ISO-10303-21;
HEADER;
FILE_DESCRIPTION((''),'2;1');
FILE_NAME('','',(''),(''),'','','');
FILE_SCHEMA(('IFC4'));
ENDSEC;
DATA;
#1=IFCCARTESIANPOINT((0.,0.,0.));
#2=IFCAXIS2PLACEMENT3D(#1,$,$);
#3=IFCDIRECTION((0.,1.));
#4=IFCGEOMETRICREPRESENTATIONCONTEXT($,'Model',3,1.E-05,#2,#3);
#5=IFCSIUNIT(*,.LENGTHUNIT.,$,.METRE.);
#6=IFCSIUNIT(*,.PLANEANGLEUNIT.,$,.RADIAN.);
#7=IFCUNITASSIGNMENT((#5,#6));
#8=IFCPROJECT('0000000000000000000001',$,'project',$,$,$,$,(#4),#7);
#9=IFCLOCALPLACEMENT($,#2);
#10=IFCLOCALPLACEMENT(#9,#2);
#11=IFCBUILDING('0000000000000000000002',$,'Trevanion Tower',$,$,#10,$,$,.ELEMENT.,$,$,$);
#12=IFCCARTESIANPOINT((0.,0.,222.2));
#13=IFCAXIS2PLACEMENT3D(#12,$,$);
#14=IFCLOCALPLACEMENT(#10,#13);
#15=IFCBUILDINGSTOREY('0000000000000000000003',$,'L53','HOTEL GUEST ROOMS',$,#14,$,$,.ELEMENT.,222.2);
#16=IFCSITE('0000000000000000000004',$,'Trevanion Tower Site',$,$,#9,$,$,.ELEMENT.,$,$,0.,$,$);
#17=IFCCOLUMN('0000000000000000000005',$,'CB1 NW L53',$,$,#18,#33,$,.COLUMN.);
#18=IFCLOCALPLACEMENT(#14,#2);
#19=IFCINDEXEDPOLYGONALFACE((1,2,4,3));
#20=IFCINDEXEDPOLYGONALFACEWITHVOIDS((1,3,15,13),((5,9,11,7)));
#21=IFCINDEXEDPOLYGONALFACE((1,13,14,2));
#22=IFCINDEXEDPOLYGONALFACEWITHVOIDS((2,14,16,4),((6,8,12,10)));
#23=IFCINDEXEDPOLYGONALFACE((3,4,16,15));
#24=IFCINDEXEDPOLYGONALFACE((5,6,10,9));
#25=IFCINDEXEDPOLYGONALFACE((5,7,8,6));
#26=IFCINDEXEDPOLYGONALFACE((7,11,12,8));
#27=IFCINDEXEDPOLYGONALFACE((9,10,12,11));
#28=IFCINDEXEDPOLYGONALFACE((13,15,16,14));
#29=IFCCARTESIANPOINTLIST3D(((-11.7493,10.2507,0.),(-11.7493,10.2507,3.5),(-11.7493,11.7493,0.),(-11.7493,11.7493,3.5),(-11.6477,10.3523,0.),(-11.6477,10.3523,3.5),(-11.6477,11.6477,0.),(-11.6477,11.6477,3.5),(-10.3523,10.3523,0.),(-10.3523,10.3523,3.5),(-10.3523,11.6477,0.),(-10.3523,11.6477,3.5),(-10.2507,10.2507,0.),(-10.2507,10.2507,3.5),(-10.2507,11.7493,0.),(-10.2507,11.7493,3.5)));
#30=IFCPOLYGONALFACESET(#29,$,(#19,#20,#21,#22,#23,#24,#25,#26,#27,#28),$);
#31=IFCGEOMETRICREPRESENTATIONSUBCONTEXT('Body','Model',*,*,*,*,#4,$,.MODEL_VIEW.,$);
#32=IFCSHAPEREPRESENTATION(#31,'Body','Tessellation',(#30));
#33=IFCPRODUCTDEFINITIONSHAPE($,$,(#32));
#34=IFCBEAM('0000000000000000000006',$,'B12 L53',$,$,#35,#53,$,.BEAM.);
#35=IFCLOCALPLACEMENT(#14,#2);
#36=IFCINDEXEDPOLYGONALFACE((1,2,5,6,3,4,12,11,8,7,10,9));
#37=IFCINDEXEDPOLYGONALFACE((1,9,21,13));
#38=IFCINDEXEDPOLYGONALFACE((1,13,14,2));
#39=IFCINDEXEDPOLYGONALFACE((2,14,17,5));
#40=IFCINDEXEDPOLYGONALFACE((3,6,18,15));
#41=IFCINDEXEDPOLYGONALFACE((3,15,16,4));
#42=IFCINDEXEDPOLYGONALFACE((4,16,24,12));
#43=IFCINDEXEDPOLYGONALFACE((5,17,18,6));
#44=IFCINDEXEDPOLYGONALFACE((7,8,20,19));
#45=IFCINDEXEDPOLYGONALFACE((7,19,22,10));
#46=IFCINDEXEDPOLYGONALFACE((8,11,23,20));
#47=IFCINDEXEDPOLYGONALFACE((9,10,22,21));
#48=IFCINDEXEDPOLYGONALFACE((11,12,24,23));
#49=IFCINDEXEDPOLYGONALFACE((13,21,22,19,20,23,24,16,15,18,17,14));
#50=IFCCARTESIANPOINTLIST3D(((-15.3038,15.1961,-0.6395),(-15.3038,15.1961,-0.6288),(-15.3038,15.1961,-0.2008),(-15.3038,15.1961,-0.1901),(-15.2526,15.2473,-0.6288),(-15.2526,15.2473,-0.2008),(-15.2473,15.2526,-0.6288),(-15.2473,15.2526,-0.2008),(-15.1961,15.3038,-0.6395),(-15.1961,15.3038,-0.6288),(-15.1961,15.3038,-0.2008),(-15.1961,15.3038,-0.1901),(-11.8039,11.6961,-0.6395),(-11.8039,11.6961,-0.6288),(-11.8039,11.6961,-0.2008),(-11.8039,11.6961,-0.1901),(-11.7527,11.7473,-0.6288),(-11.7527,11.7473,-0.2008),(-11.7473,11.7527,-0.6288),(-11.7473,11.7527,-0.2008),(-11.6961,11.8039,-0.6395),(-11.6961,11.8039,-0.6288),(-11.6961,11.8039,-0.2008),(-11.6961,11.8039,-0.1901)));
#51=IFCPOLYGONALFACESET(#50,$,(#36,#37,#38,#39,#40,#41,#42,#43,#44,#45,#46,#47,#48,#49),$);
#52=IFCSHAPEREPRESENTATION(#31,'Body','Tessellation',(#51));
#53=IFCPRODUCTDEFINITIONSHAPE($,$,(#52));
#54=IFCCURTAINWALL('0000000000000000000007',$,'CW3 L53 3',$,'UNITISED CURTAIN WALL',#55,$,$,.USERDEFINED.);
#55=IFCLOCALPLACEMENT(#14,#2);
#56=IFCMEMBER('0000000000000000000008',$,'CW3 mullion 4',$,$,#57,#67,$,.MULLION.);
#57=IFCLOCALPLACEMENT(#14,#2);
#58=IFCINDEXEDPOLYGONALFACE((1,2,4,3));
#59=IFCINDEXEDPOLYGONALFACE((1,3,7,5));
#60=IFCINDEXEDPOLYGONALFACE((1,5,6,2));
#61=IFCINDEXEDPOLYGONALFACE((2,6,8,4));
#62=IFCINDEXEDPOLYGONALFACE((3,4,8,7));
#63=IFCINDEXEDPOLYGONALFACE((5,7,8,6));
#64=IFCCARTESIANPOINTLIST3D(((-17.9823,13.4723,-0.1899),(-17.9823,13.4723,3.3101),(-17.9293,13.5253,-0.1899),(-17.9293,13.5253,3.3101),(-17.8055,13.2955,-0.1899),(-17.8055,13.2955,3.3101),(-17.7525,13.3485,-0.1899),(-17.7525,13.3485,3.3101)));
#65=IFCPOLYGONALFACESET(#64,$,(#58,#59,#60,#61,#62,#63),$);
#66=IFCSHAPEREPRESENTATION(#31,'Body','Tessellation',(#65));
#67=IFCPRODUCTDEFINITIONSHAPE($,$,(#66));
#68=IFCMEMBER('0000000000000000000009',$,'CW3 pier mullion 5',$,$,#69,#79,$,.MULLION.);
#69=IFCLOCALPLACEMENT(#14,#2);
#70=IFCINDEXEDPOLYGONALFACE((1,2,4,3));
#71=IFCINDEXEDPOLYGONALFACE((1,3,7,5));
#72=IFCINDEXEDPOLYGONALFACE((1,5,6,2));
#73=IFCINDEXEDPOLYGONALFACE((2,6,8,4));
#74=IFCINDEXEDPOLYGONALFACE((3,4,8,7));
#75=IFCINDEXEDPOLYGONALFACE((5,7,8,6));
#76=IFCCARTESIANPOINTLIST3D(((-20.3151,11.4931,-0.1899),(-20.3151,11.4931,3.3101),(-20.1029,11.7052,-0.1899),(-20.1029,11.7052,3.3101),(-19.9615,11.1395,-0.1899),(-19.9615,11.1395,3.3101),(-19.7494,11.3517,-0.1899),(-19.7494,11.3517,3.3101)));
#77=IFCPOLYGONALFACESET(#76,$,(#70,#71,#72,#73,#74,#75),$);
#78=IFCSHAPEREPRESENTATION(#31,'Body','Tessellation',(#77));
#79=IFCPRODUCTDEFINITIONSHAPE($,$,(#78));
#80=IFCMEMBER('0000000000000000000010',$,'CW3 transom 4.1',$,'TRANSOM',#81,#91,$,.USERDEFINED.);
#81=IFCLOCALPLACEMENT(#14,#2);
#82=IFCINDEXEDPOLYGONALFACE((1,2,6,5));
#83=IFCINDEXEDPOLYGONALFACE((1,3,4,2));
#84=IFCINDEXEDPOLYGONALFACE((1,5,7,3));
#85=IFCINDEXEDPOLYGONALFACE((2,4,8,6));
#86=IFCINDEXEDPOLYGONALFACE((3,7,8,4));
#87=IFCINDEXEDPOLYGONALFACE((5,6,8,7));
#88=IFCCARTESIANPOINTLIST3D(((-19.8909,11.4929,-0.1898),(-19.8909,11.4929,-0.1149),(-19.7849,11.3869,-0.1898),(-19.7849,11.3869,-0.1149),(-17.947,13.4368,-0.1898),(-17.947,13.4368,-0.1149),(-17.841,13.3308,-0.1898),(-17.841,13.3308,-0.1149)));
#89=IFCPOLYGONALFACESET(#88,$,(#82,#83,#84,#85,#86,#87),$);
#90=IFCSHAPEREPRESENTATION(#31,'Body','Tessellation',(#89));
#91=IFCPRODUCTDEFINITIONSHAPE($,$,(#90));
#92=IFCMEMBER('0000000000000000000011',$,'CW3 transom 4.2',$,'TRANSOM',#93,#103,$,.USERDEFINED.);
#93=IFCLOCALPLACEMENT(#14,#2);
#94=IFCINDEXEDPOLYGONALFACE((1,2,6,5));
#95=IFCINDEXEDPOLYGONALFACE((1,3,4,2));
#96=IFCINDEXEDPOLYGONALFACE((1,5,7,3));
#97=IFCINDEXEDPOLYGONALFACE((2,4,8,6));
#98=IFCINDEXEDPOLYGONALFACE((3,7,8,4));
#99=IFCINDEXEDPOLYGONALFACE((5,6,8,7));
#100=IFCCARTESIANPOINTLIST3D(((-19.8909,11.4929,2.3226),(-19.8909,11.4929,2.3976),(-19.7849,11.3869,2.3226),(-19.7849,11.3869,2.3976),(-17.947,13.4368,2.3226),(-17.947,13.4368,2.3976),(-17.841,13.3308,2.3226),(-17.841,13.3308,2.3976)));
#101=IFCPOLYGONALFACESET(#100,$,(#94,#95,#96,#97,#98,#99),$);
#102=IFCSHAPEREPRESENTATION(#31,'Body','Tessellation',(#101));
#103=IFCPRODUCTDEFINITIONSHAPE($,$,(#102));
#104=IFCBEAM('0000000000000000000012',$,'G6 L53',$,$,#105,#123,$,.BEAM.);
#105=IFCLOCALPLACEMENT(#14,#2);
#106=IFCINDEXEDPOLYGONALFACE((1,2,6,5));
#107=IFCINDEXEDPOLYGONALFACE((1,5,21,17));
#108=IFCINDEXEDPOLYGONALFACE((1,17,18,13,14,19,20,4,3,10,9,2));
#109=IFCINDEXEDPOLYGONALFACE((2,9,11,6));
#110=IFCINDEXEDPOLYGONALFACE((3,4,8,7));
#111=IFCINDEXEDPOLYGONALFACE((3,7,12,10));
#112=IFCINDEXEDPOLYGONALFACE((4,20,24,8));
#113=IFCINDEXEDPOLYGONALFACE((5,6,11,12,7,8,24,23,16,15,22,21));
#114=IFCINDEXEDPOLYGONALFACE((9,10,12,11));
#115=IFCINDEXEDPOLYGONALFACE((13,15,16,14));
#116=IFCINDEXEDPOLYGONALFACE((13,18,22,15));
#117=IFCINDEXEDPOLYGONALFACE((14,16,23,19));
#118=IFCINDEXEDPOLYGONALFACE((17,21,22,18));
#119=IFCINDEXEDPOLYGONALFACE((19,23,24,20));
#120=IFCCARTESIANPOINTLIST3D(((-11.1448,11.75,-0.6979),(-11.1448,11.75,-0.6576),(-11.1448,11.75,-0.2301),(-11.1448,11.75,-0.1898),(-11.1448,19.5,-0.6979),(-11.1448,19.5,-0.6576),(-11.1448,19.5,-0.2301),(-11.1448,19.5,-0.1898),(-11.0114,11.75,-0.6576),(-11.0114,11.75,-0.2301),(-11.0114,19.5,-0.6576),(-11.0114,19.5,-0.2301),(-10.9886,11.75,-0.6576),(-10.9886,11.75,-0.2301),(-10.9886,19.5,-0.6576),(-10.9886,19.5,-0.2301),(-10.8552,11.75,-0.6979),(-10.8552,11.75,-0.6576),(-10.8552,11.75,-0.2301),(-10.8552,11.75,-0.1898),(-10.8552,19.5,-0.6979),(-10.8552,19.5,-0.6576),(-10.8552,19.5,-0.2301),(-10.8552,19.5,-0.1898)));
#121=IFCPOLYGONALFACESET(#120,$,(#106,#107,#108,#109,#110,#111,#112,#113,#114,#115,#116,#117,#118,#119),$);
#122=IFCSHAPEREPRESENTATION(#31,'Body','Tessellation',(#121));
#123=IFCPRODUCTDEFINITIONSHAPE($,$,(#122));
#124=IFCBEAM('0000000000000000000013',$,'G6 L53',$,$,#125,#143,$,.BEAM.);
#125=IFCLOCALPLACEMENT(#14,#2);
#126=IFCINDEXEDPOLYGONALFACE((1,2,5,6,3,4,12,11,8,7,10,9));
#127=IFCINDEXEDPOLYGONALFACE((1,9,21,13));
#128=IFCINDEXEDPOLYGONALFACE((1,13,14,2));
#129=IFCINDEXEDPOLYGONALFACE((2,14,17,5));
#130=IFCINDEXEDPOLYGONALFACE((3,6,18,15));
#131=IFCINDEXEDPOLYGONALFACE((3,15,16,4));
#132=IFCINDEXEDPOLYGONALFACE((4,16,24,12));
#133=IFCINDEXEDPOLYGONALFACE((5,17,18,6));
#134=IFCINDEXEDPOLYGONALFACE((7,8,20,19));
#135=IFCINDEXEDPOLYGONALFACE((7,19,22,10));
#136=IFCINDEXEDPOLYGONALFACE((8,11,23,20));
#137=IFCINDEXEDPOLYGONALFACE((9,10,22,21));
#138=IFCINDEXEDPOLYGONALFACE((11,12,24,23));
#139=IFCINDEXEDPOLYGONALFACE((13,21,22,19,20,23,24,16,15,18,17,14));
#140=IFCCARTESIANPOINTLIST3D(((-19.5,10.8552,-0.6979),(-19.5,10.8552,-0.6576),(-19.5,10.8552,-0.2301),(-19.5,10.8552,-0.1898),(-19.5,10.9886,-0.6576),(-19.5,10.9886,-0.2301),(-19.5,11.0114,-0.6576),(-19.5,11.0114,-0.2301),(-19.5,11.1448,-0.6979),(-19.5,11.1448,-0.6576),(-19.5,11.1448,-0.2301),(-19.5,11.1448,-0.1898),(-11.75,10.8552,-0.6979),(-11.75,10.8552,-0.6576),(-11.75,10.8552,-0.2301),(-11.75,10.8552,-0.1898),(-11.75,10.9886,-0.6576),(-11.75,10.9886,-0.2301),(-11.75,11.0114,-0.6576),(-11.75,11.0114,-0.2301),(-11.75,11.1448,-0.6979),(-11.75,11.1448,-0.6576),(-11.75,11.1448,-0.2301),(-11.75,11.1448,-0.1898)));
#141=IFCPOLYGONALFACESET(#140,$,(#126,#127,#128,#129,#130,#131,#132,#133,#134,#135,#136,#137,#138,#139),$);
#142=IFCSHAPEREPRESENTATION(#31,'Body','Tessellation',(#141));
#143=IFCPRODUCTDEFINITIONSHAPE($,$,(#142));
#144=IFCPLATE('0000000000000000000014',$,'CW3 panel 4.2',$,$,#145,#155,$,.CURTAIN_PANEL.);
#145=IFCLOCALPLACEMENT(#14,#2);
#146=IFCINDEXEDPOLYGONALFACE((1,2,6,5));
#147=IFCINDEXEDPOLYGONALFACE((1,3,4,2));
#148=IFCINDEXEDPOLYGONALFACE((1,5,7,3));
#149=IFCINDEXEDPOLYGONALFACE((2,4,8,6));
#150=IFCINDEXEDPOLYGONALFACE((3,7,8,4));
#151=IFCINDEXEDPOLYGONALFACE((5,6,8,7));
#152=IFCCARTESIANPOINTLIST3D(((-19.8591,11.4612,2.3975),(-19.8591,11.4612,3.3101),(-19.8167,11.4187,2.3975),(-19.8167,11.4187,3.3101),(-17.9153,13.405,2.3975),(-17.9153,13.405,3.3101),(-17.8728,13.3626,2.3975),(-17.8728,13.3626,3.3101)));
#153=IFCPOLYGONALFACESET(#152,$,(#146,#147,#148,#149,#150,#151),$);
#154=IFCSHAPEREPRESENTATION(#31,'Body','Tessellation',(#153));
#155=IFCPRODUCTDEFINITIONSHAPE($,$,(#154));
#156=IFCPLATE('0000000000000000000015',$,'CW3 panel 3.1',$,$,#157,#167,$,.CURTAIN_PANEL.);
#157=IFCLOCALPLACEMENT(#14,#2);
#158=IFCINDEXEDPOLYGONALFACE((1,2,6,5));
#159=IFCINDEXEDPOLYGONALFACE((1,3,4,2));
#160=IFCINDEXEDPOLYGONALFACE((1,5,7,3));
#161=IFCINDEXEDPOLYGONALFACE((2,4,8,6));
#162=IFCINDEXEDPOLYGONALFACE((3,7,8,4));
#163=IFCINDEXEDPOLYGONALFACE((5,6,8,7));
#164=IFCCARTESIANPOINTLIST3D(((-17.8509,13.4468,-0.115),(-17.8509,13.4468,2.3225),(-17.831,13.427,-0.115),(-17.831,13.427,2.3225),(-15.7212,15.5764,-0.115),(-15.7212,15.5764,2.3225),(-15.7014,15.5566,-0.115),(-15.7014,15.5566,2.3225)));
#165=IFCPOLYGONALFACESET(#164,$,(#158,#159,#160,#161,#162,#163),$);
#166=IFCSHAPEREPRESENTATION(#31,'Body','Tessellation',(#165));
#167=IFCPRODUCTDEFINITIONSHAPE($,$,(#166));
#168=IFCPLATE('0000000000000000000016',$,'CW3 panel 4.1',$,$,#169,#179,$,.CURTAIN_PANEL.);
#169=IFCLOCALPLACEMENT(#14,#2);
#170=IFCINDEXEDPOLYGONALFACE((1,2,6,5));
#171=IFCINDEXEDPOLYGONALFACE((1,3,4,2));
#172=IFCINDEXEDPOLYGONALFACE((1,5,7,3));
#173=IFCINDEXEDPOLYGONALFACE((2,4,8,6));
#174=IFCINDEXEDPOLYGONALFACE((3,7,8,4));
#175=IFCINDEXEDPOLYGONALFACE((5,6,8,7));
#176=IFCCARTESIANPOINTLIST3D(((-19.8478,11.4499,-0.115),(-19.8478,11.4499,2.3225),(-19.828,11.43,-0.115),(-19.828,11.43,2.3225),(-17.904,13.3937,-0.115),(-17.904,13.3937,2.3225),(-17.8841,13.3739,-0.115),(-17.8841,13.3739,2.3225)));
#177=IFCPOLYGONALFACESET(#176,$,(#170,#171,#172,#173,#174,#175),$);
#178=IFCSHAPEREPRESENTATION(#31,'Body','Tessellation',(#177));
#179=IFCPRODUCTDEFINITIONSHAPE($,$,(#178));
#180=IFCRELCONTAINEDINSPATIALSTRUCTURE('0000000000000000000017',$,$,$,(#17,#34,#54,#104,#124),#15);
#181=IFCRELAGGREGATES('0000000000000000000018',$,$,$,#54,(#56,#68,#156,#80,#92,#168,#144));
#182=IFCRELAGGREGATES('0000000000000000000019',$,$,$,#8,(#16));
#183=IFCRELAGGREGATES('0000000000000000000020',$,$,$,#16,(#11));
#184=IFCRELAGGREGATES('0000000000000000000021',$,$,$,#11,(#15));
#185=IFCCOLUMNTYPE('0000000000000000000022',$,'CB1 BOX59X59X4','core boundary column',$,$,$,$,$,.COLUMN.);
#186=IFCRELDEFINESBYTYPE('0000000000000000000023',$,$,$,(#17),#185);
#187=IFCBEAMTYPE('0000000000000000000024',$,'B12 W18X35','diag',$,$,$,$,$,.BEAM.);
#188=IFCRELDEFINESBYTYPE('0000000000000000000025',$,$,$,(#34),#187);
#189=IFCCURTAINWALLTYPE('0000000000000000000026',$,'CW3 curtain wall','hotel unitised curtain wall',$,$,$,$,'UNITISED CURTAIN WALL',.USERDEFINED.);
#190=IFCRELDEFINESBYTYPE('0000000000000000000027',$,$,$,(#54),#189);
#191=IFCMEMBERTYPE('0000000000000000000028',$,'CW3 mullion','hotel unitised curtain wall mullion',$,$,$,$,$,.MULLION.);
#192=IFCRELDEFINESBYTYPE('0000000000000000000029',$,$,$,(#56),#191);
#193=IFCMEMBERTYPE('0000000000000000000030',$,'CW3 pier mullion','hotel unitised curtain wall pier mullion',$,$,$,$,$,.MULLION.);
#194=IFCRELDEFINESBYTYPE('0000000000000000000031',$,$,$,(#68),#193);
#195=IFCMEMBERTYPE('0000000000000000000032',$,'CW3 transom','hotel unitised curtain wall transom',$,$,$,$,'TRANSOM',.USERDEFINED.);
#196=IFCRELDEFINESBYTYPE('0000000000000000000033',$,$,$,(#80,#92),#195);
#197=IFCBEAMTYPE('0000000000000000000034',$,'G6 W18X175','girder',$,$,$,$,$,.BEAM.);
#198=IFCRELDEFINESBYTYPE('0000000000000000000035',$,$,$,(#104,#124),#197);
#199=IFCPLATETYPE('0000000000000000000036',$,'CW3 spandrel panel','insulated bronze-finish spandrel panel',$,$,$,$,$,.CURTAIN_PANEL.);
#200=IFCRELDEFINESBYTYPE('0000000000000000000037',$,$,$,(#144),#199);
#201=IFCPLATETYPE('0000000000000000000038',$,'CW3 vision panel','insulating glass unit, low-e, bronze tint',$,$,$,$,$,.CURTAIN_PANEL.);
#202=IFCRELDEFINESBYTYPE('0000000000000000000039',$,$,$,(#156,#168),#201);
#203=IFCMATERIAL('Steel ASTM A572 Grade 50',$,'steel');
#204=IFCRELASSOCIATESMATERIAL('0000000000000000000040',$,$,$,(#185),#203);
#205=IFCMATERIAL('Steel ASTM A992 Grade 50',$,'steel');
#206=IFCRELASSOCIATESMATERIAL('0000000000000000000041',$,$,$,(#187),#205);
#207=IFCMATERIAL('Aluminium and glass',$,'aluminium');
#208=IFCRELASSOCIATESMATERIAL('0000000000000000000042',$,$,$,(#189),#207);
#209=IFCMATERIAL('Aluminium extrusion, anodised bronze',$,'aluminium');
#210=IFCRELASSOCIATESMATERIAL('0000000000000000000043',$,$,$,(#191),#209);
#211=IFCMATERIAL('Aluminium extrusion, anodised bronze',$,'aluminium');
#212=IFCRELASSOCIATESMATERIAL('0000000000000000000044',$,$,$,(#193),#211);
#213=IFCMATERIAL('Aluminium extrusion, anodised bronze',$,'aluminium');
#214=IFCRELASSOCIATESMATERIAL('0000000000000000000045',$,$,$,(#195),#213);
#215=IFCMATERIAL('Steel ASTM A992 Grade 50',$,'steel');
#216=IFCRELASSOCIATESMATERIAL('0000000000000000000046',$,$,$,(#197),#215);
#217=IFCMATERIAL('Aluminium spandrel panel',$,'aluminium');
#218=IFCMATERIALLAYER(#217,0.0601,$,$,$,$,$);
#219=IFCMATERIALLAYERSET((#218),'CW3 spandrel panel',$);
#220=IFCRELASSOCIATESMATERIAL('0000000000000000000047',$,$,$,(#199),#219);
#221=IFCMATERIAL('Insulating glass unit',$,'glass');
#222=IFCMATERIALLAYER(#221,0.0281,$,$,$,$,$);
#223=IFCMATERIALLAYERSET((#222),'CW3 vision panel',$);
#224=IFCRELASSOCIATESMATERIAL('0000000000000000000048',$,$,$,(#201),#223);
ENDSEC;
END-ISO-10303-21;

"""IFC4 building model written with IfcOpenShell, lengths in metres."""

from ifc_helpers import new_model, si_unit, direction, frame, origin, origin_2d, place, context, subcontext, project, spatial, rectangle, hollow_rectangle, i_section, extrude, material, layer, layer_set, material_profile, profile_set, type_object, element, aggregate, save


model = new_model("IFC4")

# Units and contexts
model_context = context("Model", 3, precision=1e-05, world=origin(), true_north=direction((0.0, 1.0)))
body_context = subcontext(model_context, "Body", "Model", "MODEL_VIEW")
ifc_project = project(units=[si_unit("LENGTHUNIT", "METRE"), si_unit("PLANEANGLEUNIT", "RADIAN")], contexts=[model_context])

# Site, building, storey
site_placement = place(None, origin())
site = spatial("IfcSite", under=ifc_project, at=site_placement, Name="Trevanion Tower Site", CompositionType="ELEMENT", RefElevation=0.0)
building_placement = place(site_placement, origin())
building = spatial("IfcBuilding", under=site, at=building_placement, Name="Trevanion Tower", CompositionType="ELEMENT")
storey_placement = place(building_placement, frame((0.0, 0.0, 222.2)))
storey = spatial("IfcBuildingStorey", under=building, at=storey_placement, Name="L53", Description="HOTEL GUEST ROOMS", CompositionType="ELEMENT", Elevation=222.2)

# Column
ifc_material_1 = material(Name="Steel ASTM A572 Grade 50", Category="steel")
ifc_material_profile_1 = material_profile(ifc_material_1, hollow_rectangle(XDim=1.4985, YDim=1.4985, WallThickness=0.1016, at=origin_2d()), Name="BOX59X59X4")
ifc_profile_set_1 = profile_set([ifc_material_profile_1], Name="Steel ASTM A572 Grade 50")
column_type = type_object("IfcColumnType", Name="CB1 BOX59X59X4", Description="core boundary column", PredefinedType="COLUMN", material=ifc_profile_set_1)
column_placement = place(storey_placement, frame((-11.0, 11.0, 0.0), z_axis=(0.0, 0.0, 1.0), x_axis=(1.0, 0.0, 0.0)))
element("IfcColumn", 1, at=column_placement, inside=storey, type_object=column_type, Name="CB1 NW L53", PredefinedType="COLUMN", context=body_context, shape_type="SweptSolid", body=[
    extrude(hollow_rectangle(XDim=1.4985, YDim=1.4985, WallThickness=0.1016, at=origin_2d()), origin(), (0.0, 0.0, 1.0), 3.5),
])

# Beam
ifc_material_2 = material(Name="Steel ASTM A992 Grade 50", Category="steel")
ifc_material_profile_2 = material_profile(ifc_material_2, i_section(OverallWidth=0.1523, OverallDepth=0.4495, WebThickness=0.0076, FlangeThickness=0.0107, at=origin_2d()), Name="W18X35")
ifc_profile_set_2 = profile_set([ifc_material_profile_2], Name="Steel ASTM A992 Grade 50")
beam_type_1 = type_object("IfcBeamType", Name="B12 W18X35", Description="diag", PredefinedType="BEAM", material=ifc_profile_set_2)
beam_placement = place(storey_placement, frame((-11.75, 11.75, -0.4148), z_axis=(-0.707107, 0.707107, 0.0), x_axis=(-0.707107, -0.707107, 0.0)))
element("IfcBeam", 2, at=beam_placement, inside=storey, type_object=beam_type_1, Name="B12 L53", PredefinedType="BEAM", context=body_context, shape_type="SweptSolid", body=[
    extrude(i_section(OverallWidth=0.1523, OverallDepth=0.4495, WebThickness=0.0076, FlangeThickness=0.0107, at=origin_2d()), origin(), (0.0, 0.0, 1.0), 4.9497),
])

# Curtain wall, members
ifc_material_3 = material(Name="Aluminium and glass", Category="aluminium")
curtain_wall_type = type_object("IfcCurtainWallType", Name="CW3 curtain wall", Description="hotel unitised curtain wall", ElementType="UNITISED CURTAIN WALL", PredefinedType="USERDEFINED", material=ifc_material_3)
curtain_wall_placement = place(storey_placement, origin())
curtain_wall = element("IfcCurtainWall", 3, at=curtain_wall_placement, inside=storey, type_object=curtain_wall_type, Name="CW3 L53 3", ObjectType="UNITISED CURTAIN WALL", PredefinedType="USERDEFINED")
ifc_material_4 = material(Name="Aluminium extrusion, anodised bronze", Category="aluminium")
ifc_material_profile_3 = material_profile(ifc_material_4, rectangle(XDim=0.075, YDim=0.25, at=origin_2d()), Name="CW3 mullion")
ifc_profile_set_3 = profile_set([ifc_material_profile_3], Name="Aluminium extrusion, anodised bronze")
member_type_1 = type_object("IfcMemberType", Name="CW3 mullion", Description="hotel unitised curtain wall mullion", PredefinedType="MULLION", material=ifc_profile_set_3)
member_1_placement = place(storey_placement, frame((-17.8674, 13.4104, -0.1899), z_axis=(0.0, 0.0, 1.0), x_axis=(-0.707107, -0.707107, 0.0)))
member_1 = element("IfcMember", 4, at=member_1_placement, type_object=member_type_1, Name="CW3 mullion 4", PredefinedType="MULLION", context=body_context, shape_type="SweptSolid", body=[
    extrude(rectangle(XDim=0.075, YDim=0.25, at=origin_2d()), origin(), (0.0, 0.0, 1.0), 3.5),
])
ifc_material_5 = material(Name="Aluminium extrusion, anodised bronze", Category="aluminium")
ifc_material_profile_4 = material_profile(ifc_material_5, rectangle(XDim=0.3, YDim=0.5, at=origin_2d()), Name="CW3 pier mullion")
ifc_profile_set_4 = profile_set([ifc_material_profile_4], Name="Aluminium extrusion, anodised bronze")
member_type_2 = type_object("IfcMemberType", Name="CW3 pier mullion", Description="hotel unitised curtain wall pier mullion", PredefinedType="MULLION", material=ifc_profile_set_4)
member_2_placement = place(storey_placement, frame((-20.0322, 11.4224, -0.1899), z_axis=(0.0, 0.0, 1.0), x_axis=(-0.707107, -0.707107, 0.0)))
member_2 = element("IfcMember", 5, at=member_2_placement, type_object=member_type_2, Name="CW3 pier mullion 5", PredefinedType="MULLION", context=body_context, shape_type="SweptSolid", body=[
    extrude(rectangle(XDim=0.3, YDim=0.5, at=origin_2d()), origin(), (0.0, 0.0, 1.0), 3.5),
])
ifc_material_6 = material(Name="Aluminium extrusion, anodised bronze", Category="aluminium")
ifc_material_profile_5 = material_profile(ifc_material_6, rectangle(XDim=0.1499, YDim=0.075, at=origin_2d()), Name="CW3 transom")
ifc_profile_set_5 = profile_set([ifc_material_profile_5], Name="Aluminium extrusion, anodised bronze")
member_type_3 = type_object("IfcMemberType", Name="CW3 transom", Description="hotel unitised curtain wall transom", ElementType="TRANSOM", PredefinedType="USERDEFINED", material=ifc_profile_set_5)
member_3_placement = place(storey_placement, frame((-17.894, 13.3838, -0.1523), z_axis=(-0.707107, -0.707107, 0.0), x_axis=(0.707107, -0.707107, 0.0)))
member_3 = element("IfcMember", 6, at=member_3_placement, type_object=member_type_3, Name="CW3 transom 4.1", ObjectType="TRANSOM", PredefinedType="USERDEFINED", context=body_context, shape_type="SweptSolid", body=[
    extrude(rectangle(XDim=0.1499, YDim=0.075, at=origin_2d()), origin(), (0.0, 0.0, 1.0), 2.749),
])
member_4_placement = place(storey_placement, frame((-17.894, 13.3838, 2.3601), z_axis=(-0.707107, -0.707107, 0.0), x_axis=(0.707107, -0.707107, 0.0)))
member_4 = element("IfcMember", 7, at=member_4_placement, type_object=member_type_3, Name="CW3 transom 4.2", ObjectType="TRANSOM", PredefinedType="USERDEFINED", context=body_context, shape_type="SweptSolid", body=[
    extrude(rectangle(XDim=0.1499, YDim=0.075, at=origin_2d()), origin(), (0.0, 0.0, 1.0), 2.749),
])

# Beams
ifc_material_7 = material(Name="Steel ASTM A992 Grade 50", Category="steel")
ifc_material_profile_6 = material_profile(ifc_material_7, i_section(OverallWidth=0.2896, OverallDepth=0.5081, WebThickness=0.0227, FlangeThickness=0.0403, at=origin_2d()), Name="W18X175")
ifc_profile_set_6 = profile_set([ifc_material_profile_6], Name="Steel ASTM A992 Grade 50")
beam_type_2 = type_object("IfcBeamType", Name="G6 W18X175", Description="girder", PredefinedType="BEAM", material=ifc_profile_set_6)
for number, where, z_axis, x_axis, name in (
    (8, (-11.0, 11.75, -0.4438), (0.0, 1.0, 0.0), (-1.0, 0.0, 0.0), "G6 L53"),
    (9, (-11.75, 11.0, -0.4438), (-1.0, 0.0, 0.0), (0.0, -1.0, 0.0), "G6 L53"),
):
    element("IfcBeam", number, at=place(storey_placement, frame(where, z_axis=z_axis, x_axis=x_axis)), inside=storey, type_object=beam_type_2, Name=name, PredefinedType="BEAM", context=body_context, shape_type="SweptSolid", body=[
        extrude(i_section(OverallWidth=0.2896, OverallDepth=0.5081, WebThickness=0.0227, FlangeThickness=0.0403, at=origin_2d()), origin(), (0.0, 0.0, 1.0), 7.75),
    ])

# Plates
ifc_material_8 = material(Name="Aluminium spandrel panel", Category="aluminium")
ifc_layer_1 = layer(ifc_material_8, 0.0601)
ifc_layer_set_1 = layer_set([ifc_layer_1], Name="CW3 spandrel panel")
plate_type_1 = type_object("IfcPlateType", Name="CW3 spandrel panel", Description="insulated bronze-finish spandrel panel", PredefinedType="CURTAIN_PANEL", material=ifc_layer_set_1)
plate_1_placement = place(storey_placement, frame((-18.866, 12.4119, 2.3975), z_axis=(0.0, 0.0, 1.0), x_axis=(-0.707107, -0.707107, 0.0)))
plate_1 = element("IfcPlate", 10, at=plate_1_placement, type_object=plate_type_1, Name="CW3 panel 4.2", PredefinedType="CURTAIN_PANEL", context=body_context, shape_type="SweptSolid", body=[
    extrude(rectangle(XDim=2.749, YDim=0.0601, at=origin_2d()), origin(), (0.0, 0.0, 1.0), 0.9126),
])
ifc_material_9 = material(Name="Insulating glass unit", Category="glass")
ifc_layer_2 = layer(ifc_material_9, 0.0281)
ifc_layer_set_2 = layer_set([ifc_layer_2], Name="CW3 vision panel")
plate_type_2 = type_object("IfcPlateType", Name="CW3 vision panel", Description="insulating glass unit, low-e, bronze tint", PredefinedType="CURTAIN_PANEL", material=ifc_layer_set_2)
plate_2_placement = place(storey_placement, frame((-16.7761, 14.5017, -0.115), z_axis=(0.0, 0.0, 1.0), x_axis=(-0.707107, -0.707107, 0.0)))
plate_2 = element("IfcPlate", 11, at=plate_2_placement, type_object=plate_type_2, Name="CW3 panel 3.1", PredefinedType="CURTAIN_PANEL", context=body_context, shape_type="SweptSolid", body=[
    extrude(rectangle(XDim=3.0117, YDim=0.0281, at=origin_2d()), origin(), (0.0, 0.0, 1.0), 2.4375),
])
plate_3_placement = place(storey_placement, frame((-18.866, 12.4119, -0.115), z_axis=(0.0, 0.0, 1.0), x_axis=(-0.707107, -0.707107, 0.0)))
plate_3 = element("IfcPlate", 12, at=plate_3_placement, type_object=plate_type_2, Name="CW3 panel 4.1", PredefinedType="CURTAIN_PANEL", context=body_context, shape_type="SweptSolid", body=[
    extrude(rectangle(XDim=2.749, YDim=0.0281, at=origin_2d()), origin(), (0.0, 0.0, 1.0), 2.4375),
])
aggregate(curtain_wall, [member_1, member_2, plate_2, member_3, member_4, plate_3, plate_1])

save(model, "model.ifc")
